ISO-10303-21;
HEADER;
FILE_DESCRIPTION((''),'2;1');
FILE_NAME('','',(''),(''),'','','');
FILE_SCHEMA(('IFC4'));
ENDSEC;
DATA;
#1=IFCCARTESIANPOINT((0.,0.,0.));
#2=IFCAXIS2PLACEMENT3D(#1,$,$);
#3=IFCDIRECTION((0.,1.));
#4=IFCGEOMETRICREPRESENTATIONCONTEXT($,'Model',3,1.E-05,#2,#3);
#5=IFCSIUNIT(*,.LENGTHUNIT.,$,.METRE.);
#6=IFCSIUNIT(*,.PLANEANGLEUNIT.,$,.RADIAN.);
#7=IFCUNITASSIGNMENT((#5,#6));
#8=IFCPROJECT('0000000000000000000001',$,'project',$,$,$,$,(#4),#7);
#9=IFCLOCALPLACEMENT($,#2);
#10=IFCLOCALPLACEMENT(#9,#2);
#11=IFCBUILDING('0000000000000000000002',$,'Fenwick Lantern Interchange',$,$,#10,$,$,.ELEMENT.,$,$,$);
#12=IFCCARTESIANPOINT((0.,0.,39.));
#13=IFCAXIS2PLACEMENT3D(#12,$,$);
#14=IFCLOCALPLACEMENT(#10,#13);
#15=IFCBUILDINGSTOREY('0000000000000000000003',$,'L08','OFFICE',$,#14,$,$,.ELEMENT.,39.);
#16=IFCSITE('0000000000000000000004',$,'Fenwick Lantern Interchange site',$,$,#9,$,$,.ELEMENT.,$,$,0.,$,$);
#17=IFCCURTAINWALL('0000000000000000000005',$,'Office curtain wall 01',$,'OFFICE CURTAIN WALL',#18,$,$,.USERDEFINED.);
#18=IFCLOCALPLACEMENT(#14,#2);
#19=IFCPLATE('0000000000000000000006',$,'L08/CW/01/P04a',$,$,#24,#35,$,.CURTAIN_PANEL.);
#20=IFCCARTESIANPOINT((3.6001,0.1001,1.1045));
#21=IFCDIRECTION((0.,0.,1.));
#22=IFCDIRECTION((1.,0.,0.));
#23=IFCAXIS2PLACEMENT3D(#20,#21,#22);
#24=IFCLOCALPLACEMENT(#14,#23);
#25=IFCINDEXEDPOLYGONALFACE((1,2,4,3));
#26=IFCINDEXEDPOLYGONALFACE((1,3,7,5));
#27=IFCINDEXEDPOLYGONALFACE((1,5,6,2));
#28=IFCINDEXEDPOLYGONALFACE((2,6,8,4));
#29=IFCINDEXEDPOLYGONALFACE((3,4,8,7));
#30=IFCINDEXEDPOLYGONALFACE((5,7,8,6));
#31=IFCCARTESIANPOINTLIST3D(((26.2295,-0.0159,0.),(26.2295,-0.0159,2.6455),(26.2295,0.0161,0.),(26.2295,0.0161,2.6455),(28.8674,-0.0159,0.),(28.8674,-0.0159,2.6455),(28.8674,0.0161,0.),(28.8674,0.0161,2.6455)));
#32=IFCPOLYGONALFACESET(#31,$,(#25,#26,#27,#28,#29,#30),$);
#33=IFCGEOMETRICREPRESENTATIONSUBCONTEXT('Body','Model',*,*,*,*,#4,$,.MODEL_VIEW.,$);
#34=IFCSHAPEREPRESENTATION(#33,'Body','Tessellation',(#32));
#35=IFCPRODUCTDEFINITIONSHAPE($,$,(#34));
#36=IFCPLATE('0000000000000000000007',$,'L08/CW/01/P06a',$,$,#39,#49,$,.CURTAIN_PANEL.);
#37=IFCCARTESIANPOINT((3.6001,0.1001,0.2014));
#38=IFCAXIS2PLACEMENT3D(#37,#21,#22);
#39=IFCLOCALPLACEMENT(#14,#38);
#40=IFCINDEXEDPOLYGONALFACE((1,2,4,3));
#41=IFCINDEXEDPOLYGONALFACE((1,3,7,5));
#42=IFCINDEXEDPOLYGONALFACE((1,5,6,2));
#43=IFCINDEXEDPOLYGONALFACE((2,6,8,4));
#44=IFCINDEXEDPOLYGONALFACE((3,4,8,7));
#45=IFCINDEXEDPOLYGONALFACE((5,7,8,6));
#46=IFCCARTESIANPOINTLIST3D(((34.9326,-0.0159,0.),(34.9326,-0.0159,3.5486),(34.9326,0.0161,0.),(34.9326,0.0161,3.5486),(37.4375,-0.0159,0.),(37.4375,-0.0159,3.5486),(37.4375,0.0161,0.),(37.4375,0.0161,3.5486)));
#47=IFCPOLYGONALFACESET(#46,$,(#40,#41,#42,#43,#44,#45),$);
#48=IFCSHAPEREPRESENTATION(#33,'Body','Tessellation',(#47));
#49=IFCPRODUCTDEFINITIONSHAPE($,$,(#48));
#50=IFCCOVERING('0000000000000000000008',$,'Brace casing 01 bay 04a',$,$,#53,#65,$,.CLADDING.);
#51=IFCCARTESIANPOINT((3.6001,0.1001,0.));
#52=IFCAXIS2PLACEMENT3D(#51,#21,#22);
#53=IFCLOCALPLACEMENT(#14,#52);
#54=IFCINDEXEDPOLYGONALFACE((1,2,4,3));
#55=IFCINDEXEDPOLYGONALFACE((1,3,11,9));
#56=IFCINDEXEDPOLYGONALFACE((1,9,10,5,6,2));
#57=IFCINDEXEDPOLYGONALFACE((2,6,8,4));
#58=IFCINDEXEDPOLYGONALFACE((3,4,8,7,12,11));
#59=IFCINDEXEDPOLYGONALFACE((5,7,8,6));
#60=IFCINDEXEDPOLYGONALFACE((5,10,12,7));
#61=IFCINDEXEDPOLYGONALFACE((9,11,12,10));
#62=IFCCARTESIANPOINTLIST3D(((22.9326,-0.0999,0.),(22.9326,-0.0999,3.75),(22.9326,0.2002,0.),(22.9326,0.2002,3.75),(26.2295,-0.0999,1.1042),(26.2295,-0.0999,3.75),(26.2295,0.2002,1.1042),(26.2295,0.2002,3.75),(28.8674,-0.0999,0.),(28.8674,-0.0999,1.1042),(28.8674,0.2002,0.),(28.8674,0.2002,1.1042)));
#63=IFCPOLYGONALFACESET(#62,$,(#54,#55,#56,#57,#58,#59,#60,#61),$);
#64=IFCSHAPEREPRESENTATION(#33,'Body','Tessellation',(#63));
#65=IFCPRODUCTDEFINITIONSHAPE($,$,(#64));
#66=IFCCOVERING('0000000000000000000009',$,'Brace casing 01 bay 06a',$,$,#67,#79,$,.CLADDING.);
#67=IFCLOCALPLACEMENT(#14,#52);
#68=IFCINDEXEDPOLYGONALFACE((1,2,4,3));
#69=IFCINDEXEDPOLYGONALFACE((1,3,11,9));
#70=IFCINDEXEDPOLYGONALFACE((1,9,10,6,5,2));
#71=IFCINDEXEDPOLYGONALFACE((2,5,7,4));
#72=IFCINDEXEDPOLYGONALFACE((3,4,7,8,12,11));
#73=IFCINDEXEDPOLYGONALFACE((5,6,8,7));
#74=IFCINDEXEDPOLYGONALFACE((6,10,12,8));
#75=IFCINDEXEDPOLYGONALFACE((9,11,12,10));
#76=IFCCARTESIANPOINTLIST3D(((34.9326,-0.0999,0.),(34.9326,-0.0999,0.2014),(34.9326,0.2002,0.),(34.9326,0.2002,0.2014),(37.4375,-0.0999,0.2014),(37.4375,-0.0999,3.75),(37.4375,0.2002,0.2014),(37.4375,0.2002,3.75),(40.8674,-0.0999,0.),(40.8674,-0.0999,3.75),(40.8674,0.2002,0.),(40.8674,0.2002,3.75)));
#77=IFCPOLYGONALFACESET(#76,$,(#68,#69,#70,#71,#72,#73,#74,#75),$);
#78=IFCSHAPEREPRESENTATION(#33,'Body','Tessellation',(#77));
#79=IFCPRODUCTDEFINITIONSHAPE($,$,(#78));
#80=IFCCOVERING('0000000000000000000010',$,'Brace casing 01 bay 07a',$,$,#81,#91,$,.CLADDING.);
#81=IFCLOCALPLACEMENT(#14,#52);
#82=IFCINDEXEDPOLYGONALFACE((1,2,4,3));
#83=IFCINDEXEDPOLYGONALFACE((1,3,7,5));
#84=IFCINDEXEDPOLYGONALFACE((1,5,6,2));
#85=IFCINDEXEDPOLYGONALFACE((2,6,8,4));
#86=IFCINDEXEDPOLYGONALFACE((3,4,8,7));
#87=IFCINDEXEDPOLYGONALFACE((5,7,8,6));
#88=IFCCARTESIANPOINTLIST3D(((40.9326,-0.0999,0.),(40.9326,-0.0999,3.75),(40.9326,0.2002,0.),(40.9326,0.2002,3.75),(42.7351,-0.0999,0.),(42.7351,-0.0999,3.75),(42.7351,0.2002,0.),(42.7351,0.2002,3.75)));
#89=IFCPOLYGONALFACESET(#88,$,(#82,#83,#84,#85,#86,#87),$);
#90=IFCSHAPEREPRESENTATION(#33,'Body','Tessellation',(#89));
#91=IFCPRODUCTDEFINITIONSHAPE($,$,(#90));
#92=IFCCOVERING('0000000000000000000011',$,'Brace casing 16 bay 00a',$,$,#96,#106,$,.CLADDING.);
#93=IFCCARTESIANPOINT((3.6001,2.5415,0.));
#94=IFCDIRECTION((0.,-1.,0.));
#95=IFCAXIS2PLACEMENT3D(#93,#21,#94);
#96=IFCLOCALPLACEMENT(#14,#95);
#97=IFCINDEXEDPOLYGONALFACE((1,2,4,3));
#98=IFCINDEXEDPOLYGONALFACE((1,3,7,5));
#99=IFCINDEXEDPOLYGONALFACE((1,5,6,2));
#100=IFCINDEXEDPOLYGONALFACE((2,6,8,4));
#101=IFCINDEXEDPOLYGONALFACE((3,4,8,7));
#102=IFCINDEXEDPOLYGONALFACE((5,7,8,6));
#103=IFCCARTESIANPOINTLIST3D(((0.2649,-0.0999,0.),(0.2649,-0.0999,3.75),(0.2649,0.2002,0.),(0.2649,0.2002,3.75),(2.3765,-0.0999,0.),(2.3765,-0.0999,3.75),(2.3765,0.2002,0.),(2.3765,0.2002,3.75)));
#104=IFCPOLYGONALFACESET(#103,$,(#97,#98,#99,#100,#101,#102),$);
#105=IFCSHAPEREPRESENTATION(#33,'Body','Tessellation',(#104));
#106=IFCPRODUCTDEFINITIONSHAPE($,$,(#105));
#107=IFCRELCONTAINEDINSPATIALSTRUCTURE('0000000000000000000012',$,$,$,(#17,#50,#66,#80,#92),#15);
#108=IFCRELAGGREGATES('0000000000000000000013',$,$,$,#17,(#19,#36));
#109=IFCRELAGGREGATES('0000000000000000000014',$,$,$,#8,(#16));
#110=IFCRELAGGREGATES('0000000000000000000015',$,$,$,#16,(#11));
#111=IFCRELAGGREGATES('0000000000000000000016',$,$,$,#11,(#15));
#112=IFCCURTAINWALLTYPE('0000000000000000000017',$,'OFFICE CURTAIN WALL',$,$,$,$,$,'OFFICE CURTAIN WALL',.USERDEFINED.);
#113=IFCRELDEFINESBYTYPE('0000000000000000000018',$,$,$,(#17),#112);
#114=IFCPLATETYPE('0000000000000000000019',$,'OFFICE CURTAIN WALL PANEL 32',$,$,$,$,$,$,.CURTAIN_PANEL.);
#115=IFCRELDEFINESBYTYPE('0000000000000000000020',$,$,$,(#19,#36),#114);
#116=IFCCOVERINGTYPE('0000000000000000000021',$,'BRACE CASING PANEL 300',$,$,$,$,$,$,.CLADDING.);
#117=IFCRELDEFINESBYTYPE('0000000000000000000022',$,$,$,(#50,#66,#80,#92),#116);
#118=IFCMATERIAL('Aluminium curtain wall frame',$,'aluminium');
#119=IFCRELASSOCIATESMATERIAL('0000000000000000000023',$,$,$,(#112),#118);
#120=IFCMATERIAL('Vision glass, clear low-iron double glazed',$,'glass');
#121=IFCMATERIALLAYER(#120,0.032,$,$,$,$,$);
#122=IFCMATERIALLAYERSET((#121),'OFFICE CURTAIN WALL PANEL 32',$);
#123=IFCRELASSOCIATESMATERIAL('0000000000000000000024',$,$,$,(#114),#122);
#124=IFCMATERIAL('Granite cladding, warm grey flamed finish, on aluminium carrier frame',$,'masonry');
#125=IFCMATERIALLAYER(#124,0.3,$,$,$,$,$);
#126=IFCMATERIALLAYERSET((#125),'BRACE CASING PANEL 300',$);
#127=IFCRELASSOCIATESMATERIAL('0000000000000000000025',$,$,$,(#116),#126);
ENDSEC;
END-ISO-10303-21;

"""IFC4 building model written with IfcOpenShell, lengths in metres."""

from ifc_helpers import new_model, si_unit, direction, frame, origin, place, context, subcontext, project, spatial, polyline, outline, extrude, material, layer, layer_set, type_object, element, aggregate, save


model = new_model("IFC4")

# Units and contexts
model_context = context("Model", 3, precision=1e-05, world=origin(), true_north=direction((0.0, 1.0)))
body_context = subcontext(model_context, "Body", "Model", "MODEL_VIEW")
ifc_project = project(units=[si_unit("LENGTHUNIT", "METRE"), si_unit("PLANEANGLEUNIT", "RADIAN")], contexts=[model_context])

# Site, building, storey
site_placement = place(None, origin())
site = spatial("IfcSite", under=ifc_project, at=site_placement, Name="Fenwick Lantern Interchange site", CompositionType="ELEMENT", RefElevation=0.0)
building_placement = place(site_placement, origin())
building = spatial("IfcBuilding", under=site, at=building_placement, Name="Fenwick Lantern Interchange", CompositionType="ELEMENT")
storey_placement = place(building_placement, frame((0.0, 0.0, 39.0)))
storey = spatial("IfcBuildingStorey", under=building, at=storey_placement, Name="L08", Description="OFFICE", CompositionType="ELEMENT", Elevation=39.0)

# Curtain wall
ifc_material_1 = material(Name="Aluminium curtain wall frame", Category="aluminium")
curtain_wall_type = type_object("IfcCurtainWallType", Name="OFFICE CURTAIN WALL", ElementType="OFFICE CURTAIN WALL", PredefinedType="USERDEFINED", material=ifc_material_1)
curtain_wall_1_placement = place(storey_placement, origin())
curtain_wall_1 = element("IfcCurtainWall", 1, at=curtain_wall_1_placement, inside=storey, type_object=curtain_wall_type, Name="Office curtain wall 01", ObjectType="OFFICE CURTAIN WALL", PredefinedType="USERDEFINED")

# Plates
ifc_material_2 = material(Name="Vision glass, clear low-iron double glazed", Category="glass")
ifc_layer_1 = layer(ifc_material_2, 0.032)
ifc_layer_set_1 = layer_set([ifc_layer_1], Name="OFFICE CURTAIN WALL PANEL 32")
plate_type = type_object("IfcPlateType", Name="OFFICE CURTAIN WALL PANEL 32", PredefinedType="CURTAIN_PANEL", material=ifc_layer_set_1)
plate_1_placement = place(storey_placement, frame((3.6001, 0.1001, 1.1045), z_axis=(0.0, 0.0, 1.0), x_axis=(1.0, 0.0, 0.0)))
plate_1 = element("IfcPlate", 2, at=plate_1_placement, type_object=plate_type, Name="L08/CW/01/P04a", PredefinedType="CURTAIN_PANEL", context=body_context, shape_type="SweptSolid", body=[
    extrude(outline(polyline([(26.2295, 0.0), (28.8674, 0.0), (28.8674, 2.6455), (26.2295, 2.6455), (26.2295, 0.0)])), frame((0.0, 0.0161, 0.0), z_axis=(0.0, -1.0, 0.0), x_axis=(1.0, 0.0, 0.0)), (0.0, 0.0, 1.0), 0.032),
])
plate_2_placement = place(storey_placement, frame((3.6001, 0.1001, 0.2014), z_axis=(0.0, 0.0, 1.0), x_axis=(1.0, 0.0, 0.0)))
plate_2 = element("IfcPlate", 3, at=plate_2_placement, type_object=plate_type, Name="L08/CW/01/P06a", PredefinedType="CURTAIN_PANEL", context=body_context, shape_type="SweptSolid", body=[
    extrude(outline(polyline([(34.9326, 0.0), (37.4375, 0.0), (37.4375, 3.5486), (34.9326, 3.5486), (34.9326, 0.0)])), frame((0.0, 0.0161, 0.0), z_axis=(0.0, -1.0, 0.0), x_axis=(1.0, 0.0, 0.0)), (0.0, 0.0, 1.0), 0.032),
])
aggregate(curtain_wall_1, [plate_1, plate_2])

# Coverings
ifc_material_3 = material(Name="Granite cladding, warm grey flamed finish, on aluminium carrier frame", Category="masonry")
ifc_layer_2 = layer(ifc_material_3, 0.3)
ifc_layer_set_2 = layer_set([ifc_layer_2], Name="BRACE CASING PANEL 300")
covering_type = type_object("IfcCoveringType", Name="BRACE CASING PANEL 300", PredefinedType="CLADDING", material=ifc_layer_set_2)
covering_1_placement = place(storey_placement, frame((3.6001, 0.1001, 0.0), z_axis=(0.0, 0.0, 1.0), x_axis=(1.0, 0.0, 0.0)))
element("IfcCovering", 4, at=covering_1_placement, inside=storey, type_object=covering_type, Name="Brace casing 01 bay 04a", PredefinedType="CLADDING", context=body_context, shape_type="SweptSolid", body=[
    extrude(outline(polyline([(22.9326, 0.0), (28.8674, 0.0), (28.8674, 1.1042), (26.2295, 1.1042), (26.2295, 3.75), (22.9326, 3.75), (22.9326, 0.0)])), frame((0.0, 0.2002, 0.0), z_axis=(0.0, -1.0, 0.0), x_axis=(1.0, 0.0, 0.0)), (0.0, 0.0, 1.0), 0.3),
])
covering_2_placement = place(storey_placement, frame((3.6001, 0.1001, 0.0), z_axis=(0.0, 0.0, 1.0), x_axis=(1.0, 0.0, 0.0)))
element("IfcCovering", 5, at=covering_2_placement, inside=storey, type_object=covering_type, Name="Brace casing 01 bay 06a", PredefinedType="CLADDING", context=body_context, shape_type="SweptSolid", body=[
    extrude(outline(polyline([(34.9326, 0.0), (40.8674, 0.0), (40.8674, 3.75), (37.4375, 3.75), (37.4375, 0.2014), (34.9326, 0.2014), (34.9326, 0.0)])), frame((0.0, 0.2002, 0.0), z_axis=(0.0, -1.0, 0.0), x_axis=(1.0, 0.0, 0.0)), (0.0, 0.0, 1.0), 0.3),
])
covering_3_placement = place(storey_placement, frame((3.6001, 0.1001, 0.0), z_axis=(0.0, 0.0, 1.0), x_axis=(1.0, 0.0, 0.0)))
element("IfcCovering", 6, at=covering_3_placement, inside=storey, type_object=covering_type, Name="Brace casing 01 bay 07a", PredefinedType="CLADDING", context=body_context, shape_type="SweptSolid", body=[
    extrude(outline(polyline([(40.9326, 0.0), (42.7351, 0.0), (42.7351, 3.75), (40.9326, 3.75), (40.9326, 0.0)])), frame((0.0, 0.2002, 0.0), z_axis=(0.0, -1.0, 0.0), x_axis=(1.0, 0.0, 0.0)), (0.0, 0.0, 1.0), 0.3),
])
covering_4_placement = place(storey_placement, frame((3.6001, 2.5415, 0.0), z_axis=(0.0, 0.0, 1.0), x_axis=(0.0, -1.0, 0.0)))
element("IfcCovering", 7, at=covering_4_placement, inside=storey, type_object=covering_type, Name="Brace casing 16 bay 00a", PredefinedType="CLADDING", context=body_context, shape_type="SweptSolid", body=[
    extrude(outline(polyline([(0.2649, 0.0), (2.3765, 0.0), (2.3765, 3.75), (0.2649, 3.75), (0.2649, 0.0)])), frame((0.0, 0.2002, 0.0), z_axis=(0.0, -1.0, 0.0), x_axis=(1.0, 0.0, 0.0)), (0.0, 0.0, 1.0), 0.3),
])

save(model, "model.ifc")
